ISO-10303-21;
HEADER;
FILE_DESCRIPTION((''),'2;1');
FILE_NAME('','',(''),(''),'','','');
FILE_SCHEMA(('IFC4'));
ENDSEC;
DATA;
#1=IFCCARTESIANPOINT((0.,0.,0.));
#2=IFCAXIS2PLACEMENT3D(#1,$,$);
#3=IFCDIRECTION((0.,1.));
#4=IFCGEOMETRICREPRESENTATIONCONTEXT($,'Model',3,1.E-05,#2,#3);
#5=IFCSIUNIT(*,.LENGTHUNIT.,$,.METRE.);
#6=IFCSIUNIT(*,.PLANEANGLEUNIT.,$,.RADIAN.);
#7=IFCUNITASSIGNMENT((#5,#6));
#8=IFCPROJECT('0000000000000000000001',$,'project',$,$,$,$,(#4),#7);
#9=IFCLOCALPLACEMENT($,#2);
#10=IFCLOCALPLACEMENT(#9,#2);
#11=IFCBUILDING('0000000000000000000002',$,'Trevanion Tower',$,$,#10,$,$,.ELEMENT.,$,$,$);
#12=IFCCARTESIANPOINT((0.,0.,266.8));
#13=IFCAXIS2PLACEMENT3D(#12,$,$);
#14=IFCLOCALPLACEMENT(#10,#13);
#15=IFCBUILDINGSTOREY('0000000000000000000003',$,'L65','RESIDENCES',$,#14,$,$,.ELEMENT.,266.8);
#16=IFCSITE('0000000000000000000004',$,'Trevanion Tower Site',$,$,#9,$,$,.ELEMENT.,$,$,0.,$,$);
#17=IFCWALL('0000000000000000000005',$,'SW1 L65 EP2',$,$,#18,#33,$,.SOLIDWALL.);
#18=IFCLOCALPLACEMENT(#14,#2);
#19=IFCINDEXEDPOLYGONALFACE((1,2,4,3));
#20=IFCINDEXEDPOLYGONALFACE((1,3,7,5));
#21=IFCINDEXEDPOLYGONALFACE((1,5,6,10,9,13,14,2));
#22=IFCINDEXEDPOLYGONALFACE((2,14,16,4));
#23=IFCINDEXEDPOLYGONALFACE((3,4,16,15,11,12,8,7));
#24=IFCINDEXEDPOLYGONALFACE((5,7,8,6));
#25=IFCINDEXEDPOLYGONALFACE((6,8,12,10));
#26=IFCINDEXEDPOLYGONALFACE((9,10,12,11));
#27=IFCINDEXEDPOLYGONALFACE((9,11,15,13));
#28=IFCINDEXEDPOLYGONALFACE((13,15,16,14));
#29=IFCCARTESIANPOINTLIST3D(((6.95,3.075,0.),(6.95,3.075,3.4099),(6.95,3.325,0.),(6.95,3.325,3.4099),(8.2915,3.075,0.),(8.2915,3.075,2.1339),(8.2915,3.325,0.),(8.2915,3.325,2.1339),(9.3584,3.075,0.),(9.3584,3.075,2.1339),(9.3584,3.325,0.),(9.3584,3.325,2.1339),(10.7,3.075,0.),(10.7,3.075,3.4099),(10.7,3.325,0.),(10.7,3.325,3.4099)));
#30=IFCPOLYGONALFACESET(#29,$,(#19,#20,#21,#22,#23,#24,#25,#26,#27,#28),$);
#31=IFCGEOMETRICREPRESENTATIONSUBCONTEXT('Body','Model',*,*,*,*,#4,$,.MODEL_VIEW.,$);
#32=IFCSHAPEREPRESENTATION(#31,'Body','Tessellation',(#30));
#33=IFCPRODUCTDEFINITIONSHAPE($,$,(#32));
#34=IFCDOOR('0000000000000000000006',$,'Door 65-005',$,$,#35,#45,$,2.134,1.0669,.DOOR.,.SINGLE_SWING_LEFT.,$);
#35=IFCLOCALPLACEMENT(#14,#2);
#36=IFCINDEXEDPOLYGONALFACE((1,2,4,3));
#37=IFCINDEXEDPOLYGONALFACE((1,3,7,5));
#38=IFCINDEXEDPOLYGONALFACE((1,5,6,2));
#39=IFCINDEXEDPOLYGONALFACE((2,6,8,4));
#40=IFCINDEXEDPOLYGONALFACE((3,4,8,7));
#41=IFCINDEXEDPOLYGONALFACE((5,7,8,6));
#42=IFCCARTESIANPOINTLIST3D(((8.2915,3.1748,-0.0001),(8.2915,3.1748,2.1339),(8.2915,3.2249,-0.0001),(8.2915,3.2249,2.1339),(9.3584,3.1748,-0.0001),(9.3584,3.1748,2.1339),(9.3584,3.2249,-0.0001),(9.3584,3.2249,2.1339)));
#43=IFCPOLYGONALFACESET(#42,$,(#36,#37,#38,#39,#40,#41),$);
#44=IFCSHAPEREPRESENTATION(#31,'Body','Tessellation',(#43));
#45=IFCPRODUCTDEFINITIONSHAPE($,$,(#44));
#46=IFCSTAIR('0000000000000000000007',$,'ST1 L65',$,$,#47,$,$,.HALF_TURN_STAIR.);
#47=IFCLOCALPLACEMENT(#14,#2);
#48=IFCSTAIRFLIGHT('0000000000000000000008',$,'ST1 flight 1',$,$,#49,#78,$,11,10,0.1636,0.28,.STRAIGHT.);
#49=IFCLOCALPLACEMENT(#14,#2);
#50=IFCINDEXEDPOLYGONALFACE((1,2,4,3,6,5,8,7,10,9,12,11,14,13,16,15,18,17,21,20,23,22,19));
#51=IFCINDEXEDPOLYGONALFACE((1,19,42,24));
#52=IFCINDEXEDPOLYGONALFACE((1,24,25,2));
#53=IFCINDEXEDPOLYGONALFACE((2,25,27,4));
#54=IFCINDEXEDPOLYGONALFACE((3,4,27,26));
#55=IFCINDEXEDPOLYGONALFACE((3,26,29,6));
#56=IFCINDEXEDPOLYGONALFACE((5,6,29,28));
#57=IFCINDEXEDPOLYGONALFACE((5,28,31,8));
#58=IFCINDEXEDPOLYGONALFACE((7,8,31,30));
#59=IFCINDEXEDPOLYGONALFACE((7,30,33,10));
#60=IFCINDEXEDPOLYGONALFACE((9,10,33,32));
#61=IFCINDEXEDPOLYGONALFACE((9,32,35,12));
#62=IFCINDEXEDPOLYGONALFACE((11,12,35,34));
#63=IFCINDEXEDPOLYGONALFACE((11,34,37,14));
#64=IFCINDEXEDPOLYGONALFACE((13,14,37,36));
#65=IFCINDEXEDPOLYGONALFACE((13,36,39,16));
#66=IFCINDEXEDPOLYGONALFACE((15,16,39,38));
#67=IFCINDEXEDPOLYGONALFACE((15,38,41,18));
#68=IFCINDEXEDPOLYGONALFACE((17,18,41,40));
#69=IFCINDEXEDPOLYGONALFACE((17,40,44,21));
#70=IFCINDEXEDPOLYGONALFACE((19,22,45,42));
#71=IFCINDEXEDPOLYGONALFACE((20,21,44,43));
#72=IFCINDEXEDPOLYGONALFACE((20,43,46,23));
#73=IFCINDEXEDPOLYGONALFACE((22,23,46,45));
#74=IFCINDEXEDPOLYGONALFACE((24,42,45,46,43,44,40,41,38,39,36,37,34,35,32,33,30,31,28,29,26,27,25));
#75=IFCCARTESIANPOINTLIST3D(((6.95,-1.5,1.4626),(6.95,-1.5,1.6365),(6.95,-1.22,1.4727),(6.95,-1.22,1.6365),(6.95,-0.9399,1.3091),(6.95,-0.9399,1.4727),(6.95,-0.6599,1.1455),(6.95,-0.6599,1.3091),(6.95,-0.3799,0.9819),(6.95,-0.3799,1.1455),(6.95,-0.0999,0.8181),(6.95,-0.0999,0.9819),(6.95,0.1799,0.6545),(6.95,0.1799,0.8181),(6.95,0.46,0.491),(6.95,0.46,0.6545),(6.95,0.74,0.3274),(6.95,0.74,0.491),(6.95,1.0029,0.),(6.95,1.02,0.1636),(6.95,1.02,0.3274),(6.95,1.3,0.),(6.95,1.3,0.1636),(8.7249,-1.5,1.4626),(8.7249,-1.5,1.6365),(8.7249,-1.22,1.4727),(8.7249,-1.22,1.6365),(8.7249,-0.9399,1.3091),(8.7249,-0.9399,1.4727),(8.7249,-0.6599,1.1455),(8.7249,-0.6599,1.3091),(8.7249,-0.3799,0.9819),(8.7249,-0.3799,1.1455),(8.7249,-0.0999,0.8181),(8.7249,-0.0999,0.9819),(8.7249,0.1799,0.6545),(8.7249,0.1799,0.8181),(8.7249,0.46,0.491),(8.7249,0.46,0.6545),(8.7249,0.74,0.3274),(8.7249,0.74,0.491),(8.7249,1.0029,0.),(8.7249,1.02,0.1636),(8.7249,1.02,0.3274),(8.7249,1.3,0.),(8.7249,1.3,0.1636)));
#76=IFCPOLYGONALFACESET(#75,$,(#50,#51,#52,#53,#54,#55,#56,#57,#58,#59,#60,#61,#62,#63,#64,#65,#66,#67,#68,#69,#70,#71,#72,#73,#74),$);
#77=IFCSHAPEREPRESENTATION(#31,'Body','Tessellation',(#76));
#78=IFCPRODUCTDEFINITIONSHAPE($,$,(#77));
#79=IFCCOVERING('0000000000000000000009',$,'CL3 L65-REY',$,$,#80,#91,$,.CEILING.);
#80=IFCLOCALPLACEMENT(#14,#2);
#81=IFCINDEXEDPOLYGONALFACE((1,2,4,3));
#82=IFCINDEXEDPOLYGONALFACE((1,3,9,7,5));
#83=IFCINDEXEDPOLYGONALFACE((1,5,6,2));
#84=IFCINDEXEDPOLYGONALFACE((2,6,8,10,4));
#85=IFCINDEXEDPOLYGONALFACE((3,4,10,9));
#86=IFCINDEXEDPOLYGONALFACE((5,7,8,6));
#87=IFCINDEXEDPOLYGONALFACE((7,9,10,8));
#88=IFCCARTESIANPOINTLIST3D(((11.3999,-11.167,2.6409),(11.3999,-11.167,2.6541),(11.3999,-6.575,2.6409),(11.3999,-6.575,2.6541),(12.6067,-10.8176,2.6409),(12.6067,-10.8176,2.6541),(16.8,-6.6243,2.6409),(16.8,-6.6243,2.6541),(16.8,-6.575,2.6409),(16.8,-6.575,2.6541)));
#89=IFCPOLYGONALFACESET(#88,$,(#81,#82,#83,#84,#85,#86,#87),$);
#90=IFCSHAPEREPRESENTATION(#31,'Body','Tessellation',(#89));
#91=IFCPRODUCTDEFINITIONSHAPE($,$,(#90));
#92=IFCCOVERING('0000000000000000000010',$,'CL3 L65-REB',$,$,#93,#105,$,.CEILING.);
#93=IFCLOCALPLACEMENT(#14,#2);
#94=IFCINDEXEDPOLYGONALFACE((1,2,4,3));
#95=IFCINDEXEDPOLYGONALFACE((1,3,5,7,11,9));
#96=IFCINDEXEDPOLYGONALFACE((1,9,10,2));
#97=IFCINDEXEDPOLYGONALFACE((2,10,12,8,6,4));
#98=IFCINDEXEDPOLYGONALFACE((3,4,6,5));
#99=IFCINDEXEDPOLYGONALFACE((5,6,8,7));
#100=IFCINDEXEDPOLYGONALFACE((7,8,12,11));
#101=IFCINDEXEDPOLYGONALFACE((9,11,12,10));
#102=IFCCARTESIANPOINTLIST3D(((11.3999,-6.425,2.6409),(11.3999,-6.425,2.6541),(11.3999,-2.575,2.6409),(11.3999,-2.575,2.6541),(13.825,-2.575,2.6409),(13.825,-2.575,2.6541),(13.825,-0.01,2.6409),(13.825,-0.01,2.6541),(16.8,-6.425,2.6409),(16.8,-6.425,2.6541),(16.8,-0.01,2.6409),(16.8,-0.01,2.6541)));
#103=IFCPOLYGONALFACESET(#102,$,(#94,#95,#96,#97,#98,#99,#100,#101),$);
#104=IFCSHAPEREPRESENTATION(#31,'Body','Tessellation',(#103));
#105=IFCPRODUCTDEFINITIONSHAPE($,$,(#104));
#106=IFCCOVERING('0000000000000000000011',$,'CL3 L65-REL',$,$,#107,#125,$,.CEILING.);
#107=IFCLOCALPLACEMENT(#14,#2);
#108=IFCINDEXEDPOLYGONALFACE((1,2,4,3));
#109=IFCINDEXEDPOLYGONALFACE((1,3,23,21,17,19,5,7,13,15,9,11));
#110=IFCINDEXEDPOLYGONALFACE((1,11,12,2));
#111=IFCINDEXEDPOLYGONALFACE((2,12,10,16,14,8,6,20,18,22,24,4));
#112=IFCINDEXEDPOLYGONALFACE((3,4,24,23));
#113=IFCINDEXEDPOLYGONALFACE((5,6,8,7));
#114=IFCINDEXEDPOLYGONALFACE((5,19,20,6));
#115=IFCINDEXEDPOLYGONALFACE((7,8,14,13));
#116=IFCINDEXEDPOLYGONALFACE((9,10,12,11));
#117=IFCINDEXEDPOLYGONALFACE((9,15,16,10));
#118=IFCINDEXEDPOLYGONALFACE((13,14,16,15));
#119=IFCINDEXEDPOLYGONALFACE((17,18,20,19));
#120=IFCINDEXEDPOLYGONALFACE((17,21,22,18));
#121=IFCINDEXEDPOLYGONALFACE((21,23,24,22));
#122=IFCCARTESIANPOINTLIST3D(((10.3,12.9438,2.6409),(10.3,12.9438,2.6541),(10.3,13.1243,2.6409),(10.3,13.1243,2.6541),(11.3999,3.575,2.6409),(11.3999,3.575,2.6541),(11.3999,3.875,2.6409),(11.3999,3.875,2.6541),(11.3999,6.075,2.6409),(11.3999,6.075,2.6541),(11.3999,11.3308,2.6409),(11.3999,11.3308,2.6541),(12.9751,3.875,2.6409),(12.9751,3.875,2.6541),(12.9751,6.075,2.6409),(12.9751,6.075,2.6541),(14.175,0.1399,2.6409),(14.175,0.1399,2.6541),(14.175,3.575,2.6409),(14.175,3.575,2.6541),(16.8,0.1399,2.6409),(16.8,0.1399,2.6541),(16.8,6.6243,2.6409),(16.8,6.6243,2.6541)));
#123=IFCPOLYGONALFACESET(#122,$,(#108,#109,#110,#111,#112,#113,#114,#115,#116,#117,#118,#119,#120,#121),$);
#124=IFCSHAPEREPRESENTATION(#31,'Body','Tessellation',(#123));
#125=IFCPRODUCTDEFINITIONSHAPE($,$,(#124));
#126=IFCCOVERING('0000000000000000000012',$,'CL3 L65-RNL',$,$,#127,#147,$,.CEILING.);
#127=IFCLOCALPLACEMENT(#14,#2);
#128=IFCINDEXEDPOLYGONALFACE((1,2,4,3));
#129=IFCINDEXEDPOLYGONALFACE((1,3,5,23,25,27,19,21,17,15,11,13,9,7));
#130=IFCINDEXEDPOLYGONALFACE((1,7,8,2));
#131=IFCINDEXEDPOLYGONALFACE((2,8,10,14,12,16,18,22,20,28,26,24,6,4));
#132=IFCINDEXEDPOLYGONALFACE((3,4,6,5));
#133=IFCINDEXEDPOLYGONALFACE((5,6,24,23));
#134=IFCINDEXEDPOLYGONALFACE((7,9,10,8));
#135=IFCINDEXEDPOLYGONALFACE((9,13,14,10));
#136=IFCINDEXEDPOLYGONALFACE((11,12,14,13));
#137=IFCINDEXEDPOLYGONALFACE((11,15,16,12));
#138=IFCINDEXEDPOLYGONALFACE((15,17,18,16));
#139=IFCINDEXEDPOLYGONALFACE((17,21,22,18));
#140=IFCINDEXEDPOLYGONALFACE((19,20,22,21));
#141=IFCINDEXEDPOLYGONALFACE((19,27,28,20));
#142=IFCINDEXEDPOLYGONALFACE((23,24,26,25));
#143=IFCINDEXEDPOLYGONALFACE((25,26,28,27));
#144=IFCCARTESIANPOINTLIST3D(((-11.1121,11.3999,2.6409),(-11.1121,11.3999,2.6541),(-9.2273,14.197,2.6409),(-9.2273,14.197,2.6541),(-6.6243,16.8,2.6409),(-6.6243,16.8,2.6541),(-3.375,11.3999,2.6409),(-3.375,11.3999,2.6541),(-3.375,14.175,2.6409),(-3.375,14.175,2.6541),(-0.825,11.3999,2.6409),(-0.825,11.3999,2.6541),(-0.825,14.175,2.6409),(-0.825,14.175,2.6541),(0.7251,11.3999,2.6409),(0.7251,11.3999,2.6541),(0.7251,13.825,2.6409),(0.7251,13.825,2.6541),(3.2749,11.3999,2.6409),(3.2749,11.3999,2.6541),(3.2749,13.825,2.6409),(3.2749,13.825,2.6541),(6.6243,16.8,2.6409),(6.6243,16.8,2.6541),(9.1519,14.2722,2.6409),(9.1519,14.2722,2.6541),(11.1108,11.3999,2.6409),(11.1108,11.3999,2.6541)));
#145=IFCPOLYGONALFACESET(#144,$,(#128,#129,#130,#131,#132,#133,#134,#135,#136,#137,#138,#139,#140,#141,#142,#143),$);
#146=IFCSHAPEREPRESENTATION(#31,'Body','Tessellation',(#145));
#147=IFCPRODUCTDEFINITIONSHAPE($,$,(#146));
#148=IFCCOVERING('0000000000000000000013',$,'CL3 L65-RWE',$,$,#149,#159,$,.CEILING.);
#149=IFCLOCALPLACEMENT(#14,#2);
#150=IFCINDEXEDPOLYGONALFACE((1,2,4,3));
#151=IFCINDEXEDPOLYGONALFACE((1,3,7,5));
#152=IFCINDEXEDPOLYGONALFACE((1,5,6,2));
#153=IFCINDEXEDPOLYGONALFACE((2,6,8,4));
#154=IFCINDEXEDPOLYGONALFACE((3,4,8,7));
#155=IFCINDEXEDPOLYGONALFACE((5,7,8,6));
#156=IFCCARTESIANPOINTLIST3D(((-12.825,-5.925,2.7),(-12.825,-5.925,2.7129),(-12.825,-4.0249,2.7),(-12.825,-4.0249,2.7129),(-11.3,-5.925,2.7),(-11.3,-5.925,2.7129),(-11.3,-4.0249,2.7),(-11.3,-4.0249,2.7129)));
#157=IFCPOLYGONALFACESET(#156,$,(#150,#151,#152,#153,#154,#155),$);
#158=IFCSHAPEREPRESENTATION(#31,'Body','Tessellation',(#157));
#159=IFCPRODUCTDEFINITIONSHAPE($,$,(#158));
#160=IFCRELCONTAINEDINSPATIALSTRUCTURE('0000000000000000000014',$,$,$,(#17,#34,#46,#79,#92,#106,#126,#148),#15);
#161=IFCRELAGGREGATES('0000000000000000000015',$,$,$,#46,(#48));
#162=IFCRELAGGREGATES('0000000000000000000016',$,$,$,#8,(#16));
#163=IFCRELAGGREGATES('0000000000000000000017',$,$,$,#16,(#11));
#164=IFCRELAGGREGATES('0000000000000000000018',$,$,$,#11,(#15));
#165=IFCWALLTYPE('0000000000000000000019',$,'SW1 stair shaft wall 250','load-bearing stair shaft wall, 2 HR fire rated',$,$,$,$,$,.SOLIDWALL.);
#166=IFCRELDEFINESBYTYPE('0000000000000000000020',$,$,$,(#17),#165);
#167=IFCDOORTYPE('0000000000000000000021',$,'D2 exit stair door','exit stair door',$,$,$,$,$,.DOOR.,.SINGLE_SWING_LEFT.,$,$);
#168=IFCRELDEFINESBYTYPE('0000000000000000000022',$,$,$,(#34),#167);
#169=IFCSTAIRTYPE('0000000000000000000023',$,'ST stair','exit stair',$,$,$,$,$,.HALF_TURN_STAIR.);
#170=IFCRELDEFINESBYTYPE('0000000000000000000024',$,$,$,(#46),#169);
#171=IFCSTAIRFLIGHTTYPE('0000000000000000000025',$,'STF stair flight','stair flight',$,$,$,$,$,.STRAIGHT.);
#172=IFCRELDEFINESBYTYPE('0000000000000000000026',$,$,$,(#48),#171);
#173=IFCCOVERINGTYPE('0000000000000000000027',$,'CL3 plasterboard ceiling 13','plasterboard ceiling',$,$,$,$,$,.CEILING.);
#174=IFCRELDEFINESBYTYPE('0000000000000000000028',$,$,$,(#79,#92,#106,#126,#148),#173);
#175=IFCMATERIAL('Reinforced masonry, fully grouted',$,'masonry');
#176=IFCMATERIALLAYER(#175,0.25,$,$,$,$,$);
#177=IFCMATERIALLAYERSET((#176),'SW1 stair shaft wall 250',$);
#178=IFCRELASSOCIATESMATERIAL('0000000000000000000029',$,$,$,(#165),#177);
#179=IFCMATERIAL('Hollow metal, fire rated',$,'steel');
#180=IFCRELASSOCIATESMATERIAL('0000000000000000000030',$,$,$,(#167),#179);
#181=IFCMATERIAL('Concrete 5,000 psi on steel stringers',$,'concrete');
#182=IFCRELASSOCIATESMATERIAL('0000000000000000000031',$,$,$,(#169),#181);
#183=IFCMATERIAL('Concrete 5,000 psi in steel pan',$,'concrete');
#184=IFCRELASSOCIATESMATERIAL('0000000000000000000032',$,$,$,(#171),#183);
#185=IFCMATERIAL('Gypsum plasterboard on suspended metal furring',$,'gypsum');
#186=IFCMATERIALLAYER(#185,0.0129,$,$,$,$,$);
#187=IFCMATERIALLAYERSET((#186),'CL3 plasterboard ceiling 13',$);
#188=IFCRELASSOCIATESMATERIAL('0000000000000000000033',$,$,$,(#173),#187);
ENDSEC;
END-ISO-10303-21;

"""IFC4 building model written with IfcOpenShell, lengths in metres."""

from ifc_helpers import new_model, si_unit, direction, frame, frame_2d, origin, place, context, subcontext, project, spatial, polyline, rectangle, outline, extrude, material, layer, layer_set, type_object, element, fill, aggregate, save


model = new_model("IFC4")

# Units and contexts
model_context = context("Model", 3, precision=1e-05, world=origin(), true_north=direction((0.0, 1.0)))
body_context = subcontext(model_context, "Body", "Model", "MODEL_VIEW")
ifc_project = project(units=[si_unit("LENGTHUNIT", "METRE"), si_unit("PLANEANGLEUNIT", "RADIAN")], contexts=[model_context])

# Site, building, storey
site_placement = place(None, origin())
site = spatial("IfcSite", under=ifc_project, at=site_placement, Name="Trevanion Tower Site", CompositionType="ELEMENT", RefElevation=0.0)
building_placement = place(site_placement, origin())
building = spatial("IfcBuilding", under=site, at=building_placement, Name="Trevanion Tower", CompositionType="ELEMENT")
storey_placement = place(building_placement, frame((0.0, 0.0, 266.8)))
storey = spatial("IfcBuildingStorey", under=building, at=storey_placement, Name="L65", Description="RESIDENCES", CompositionType="ELEMENT", Elevation=266.8)

# Wall, opening, door
ifc_material_1 = material(Name="Reinforced masonry, fully grouted", Category="masonry")
ifc_layer_1 = layer(ifc_material_1, 0.25)
ifc_layer_set_1 = layer_set([ifc_layer_1], Name="SW1 stair shaft wall 250")
wall_type_1 = type_object("IfcWallType", Name="SW1 stair shaft wall 250", Description="load-bearing stair shaft wall, 2 HR fire rated", PredefinedType="SOLIDWALL", material=ifc_layer_set_1)
wall_1_placement = place(storey_placement, frame((6.95, 3.2, 0.0), z_axis=(0.0, 0.0, 1.0), x_axis=(1.0, 0.0, 0.0)))
wall_1 = element("IfcWall", 1, at=wall_1_placement, inside=storey, type_object=wall_type_1, Name="SW1 L65 EP2", PredefinedType="SOLIDWALL", context=body_context, shape_type="SweptSolid", body=[
    extrude(rectangle(XDim=3.75, YDim=0.25, at=frame_2d((1.875, 0.0))), origin(), (0.0, 0.0, 1.0), 3.4099),
])
opening_1_placement = place(wall_1_placement, frame((1.3416, 0.0, 0.0)))
opening_1 = element("IfcOpeningElement", 2, at=opening_1_placement, cuts=wall_1, PredefinedType="OPENING", context=body_context, shape_type="SweptSolid", body=[
    extrude(rectangle(XDim=1.0669, YDim=2.134, at=frame_2d((0.5334, 1.0669))), frame((0.0, 0.135, 0.0), z_axis=(0.0, -1.0, 0.0), x_axis=(1.0, 0.0, 0.0)), (0.0, 0.0, 1.0), 0.27),
])
ifc_material_2 = material(Name="Hollow metal, fire rated", Category="steel")
door_type_1 = type_object("IfcDoorType", Name="D2 exit stair door", Description="exit stair door", OperationType="SINGLE_SWING_LEFT", PredefinedType="DOOR", material=ifc_material_2)
door_1_placement = place(opening_1_placement, origin())
door_1 = element("IfcDoor", 3, at=door_1_placement, inside=storey, type_object=door_type_1, Name="Door 65-005", OperationType="SINGLE_SWING_LEFT", OverallHeight=2.134, OverallWidth=1.0669, PredefinedType="DOOR", context=body_context, shape_type="SweptSolid", body=[
    extrude(rectangle(XDim=1.0669, YDim=2.134, at=frame_2d((0.5334, 1.0669))), frame((0.0, 0.0249, 0.0), z_axis=(0.0, -1.0, 0.0), x_axis=(1.0, 0.0, 0.0)), (0.0, 0.0, 1.0), 0.05),
])
fill(opening_1, door_1)

# Stair, stair flight
ifc_material_3 = material(Name="Concrete 5,000 psi on steel stringers", Category="concrete")
stair_type = type_object("IfcStairType", Name="ST stair", Description="exit stair", PredefinedType="HALF_TURN_STAIR", material=ifc_material_3)
stair_placement = place(storey_placement, origin())
stair = element("IfcStair", 4, at=stair_placement, inside=storey, type_object=stair_type, Name="ST1 L65", PredefinedType="HALF_TURN_STAIR")
ifc_material_4 = material(Name="Concrete 5,000 psi in steel pan", Category="concrete")
stair_flight_type = type_object("IfcStairFlightType", Name="STF stair flight", Description="stair flight", PredefinedType="STRAIGHT", material=ifc_material_4)
stair_flight_placement = place(storey_placement, frame((7.8374, 1.3, 0.0), z_axis=(0.0, 0.0, 1.0), x_axis=(0.0, -1.0, 0.0)))
stair_flight = element("IfcStairFlight", 5, at=stair_flight_placement, type_object=stair_flight_type, Name="ST1 flight 1", NumberOfRisers=11, NumberOfTreads=10, PredefinedType="STRAIGHT", RiserHeight=0.1636, TreadLength=0.28, context=body_context, shape_type="SweptSolid", body=[
    extrude(outline(polyline([(0.0, 0.0), (0.0, 0.1636), (0.28, 0.1636), (0.28, 0.3274), (0.5601, 0.3274), (0.5601, 0.491), (0.8401, 0.491), (0.8401, 0.6545), (1.1201, 0.6545), (1.1201, 0.8181), (1.3999, 0.8181), (1.3999, 0.9819), (1.6799, 0.9819), (1.6799, 1.1455), (1.96, 1.1455), (1.96, 1.3091), (2.24, 1.3091), (2.24, 1.4727), (2.52, 1.4727), (2.52, 1.6365), (2.8, 1.6365), (2.8, 1.8), (2.8, 1.4626), (0.2971, 0.0), (0.0, 0.0)])), frame((0.0, 0.8875, 0.0), z_axis=(0.0, -1.0, 0.0), x_axis=(1.0, 0.0, 0.0)), (0.0, 0.0, 1.0), 1.7749),
])
aggregate(stair, [stair_flight])

# Coverings
ifc_material_5 = material(Name="Gypsum plasterboard on suspended metal furring", Category="gypsum")
ifc_layer_2 = layer(ifc_material_5, 0.0129)
ifc_layer_set_2 = layer_set([ifc_layer_2], Name="CL3 plasterboard ceiling 13")
covering_type_1 = type_object("IfcCoveringType", Name="CL3 plasterboard ceiling 13", Description="plasterboard ceiling", PredefinedType="CEILING", material=ifc_layer_set_2)
covering_1_placement = place(storey_placement, frame((0.0, 0.0, 2.6409)))
element("IfcCovering", 6, at=covering_1_placement, inside=storey, type_object=covering_type_1, Name="CL3 L65-REY", PredefinedType="CEILING", context=body_context, shape_type="SweptSolid", body=[
    extrude(outline(polyline([(12.6067, -10.8176), (11.3999, -11.167), (11.3999, -6.575), (16.8, -6.575), (16.8, -6.6243), (12.6067, -10.8176)])), origin(), (0.0, 0.0, 1.0), 0.0132),
])
covering_2_placement = place(storey_placement, frame((0.0, 0.0, 2.6409)))
element("IfcCovering", 7, at=covering_2_placement, inside=storey, type_object=covering_type_1, Name="CL3 L65-REB", PredefinedType="CEILING", context=body_context, shape_type="SweptSolid", body=[
    extrude(outline(polyline([(11.3999, -6.425), (11.3999, -2.575), (13.825, -2.575), (13.825, -0.01), (16.8, -0.01), (16.8, -6.425), (11.3999, -6.425)])), origin(), (0.0, 0.0, 1.0), 0.0132),
])
covering_3_placement = place(storey_placement, frame((0.0, 0.0, 2.6409)))
element("IfcCovering", 8, at=covering_3_placement, inside=storey, type_object=covering_type_1, Name="CL3 L65-REL", PredefinedType="CEILING", context=body_context, shape_type="SweptSolid", body=[
    extrude(outline(polyline([(14.175, 0.1399), (14.175, 3.575), (11.3999, 3.575), (11.3999, 3.875), (12.9751, 3.875), (12.9751, 6.075), (11.3999, 6.075), (11.3999, 11.3308), (10.3, 12.9438), (10.3, 13.1243), (16.8, 6.6243), (16.8, 0.1399), (14.175, 0.1399)])), origin(), (0.0, 0.0, 1.0), 0.0132),
])
covering_4_placement = place(storey_placement, frame((0.0, 0.0, 2.6409)))
element("IfcCovering", 9, at=covering_4_placement, inside=storey, type_object=covering_type_1, Name="CL3 L65-RNL", PredefinedType="CEILING", context=body_context, shape_type="SweptSolid", body=[
    extrude(outline(polyline([(9.1519, 14.2722), (11.1108, 11.3999), (3.2749, 11.3999), (3.2749, 13.825), (0.7251, 13.825), (0.7251, 11.3999), (-0.825, 11.3999), (-0.825, 14.175), (-3.375, 14.175), (-3.375, 11.3999), (-11.1121, 11.3999), (-9.2273, 14.197), (-6.6243, 16.8), (6.6243, 16.8), (9.1519, 14.2722)])), origin(), (0.0, 0.0, 1.0), 0.0132),
])
covering_5_placement = place(storey_placement, frame((0.0, 0.0, 2.7)))
element("IfcCovering", 10, at=covering_5_placement, inside=storey, type_object=covering_type_1, Name="CL3 L65-RWE", PredefinedType="CEILING", context=body_context, shape_type="SweptSolid", body=[
    extrude(outline(polyline([(-12.825, -4.0249), (-12.825, -5.925), (-11.3, -5.925), (-11.3, -4.0249), (-12.825, -4.0249)])), origin(), (0.0, 0.0, 1.0), 0.0129),
])

save(model, "model.ifc")
